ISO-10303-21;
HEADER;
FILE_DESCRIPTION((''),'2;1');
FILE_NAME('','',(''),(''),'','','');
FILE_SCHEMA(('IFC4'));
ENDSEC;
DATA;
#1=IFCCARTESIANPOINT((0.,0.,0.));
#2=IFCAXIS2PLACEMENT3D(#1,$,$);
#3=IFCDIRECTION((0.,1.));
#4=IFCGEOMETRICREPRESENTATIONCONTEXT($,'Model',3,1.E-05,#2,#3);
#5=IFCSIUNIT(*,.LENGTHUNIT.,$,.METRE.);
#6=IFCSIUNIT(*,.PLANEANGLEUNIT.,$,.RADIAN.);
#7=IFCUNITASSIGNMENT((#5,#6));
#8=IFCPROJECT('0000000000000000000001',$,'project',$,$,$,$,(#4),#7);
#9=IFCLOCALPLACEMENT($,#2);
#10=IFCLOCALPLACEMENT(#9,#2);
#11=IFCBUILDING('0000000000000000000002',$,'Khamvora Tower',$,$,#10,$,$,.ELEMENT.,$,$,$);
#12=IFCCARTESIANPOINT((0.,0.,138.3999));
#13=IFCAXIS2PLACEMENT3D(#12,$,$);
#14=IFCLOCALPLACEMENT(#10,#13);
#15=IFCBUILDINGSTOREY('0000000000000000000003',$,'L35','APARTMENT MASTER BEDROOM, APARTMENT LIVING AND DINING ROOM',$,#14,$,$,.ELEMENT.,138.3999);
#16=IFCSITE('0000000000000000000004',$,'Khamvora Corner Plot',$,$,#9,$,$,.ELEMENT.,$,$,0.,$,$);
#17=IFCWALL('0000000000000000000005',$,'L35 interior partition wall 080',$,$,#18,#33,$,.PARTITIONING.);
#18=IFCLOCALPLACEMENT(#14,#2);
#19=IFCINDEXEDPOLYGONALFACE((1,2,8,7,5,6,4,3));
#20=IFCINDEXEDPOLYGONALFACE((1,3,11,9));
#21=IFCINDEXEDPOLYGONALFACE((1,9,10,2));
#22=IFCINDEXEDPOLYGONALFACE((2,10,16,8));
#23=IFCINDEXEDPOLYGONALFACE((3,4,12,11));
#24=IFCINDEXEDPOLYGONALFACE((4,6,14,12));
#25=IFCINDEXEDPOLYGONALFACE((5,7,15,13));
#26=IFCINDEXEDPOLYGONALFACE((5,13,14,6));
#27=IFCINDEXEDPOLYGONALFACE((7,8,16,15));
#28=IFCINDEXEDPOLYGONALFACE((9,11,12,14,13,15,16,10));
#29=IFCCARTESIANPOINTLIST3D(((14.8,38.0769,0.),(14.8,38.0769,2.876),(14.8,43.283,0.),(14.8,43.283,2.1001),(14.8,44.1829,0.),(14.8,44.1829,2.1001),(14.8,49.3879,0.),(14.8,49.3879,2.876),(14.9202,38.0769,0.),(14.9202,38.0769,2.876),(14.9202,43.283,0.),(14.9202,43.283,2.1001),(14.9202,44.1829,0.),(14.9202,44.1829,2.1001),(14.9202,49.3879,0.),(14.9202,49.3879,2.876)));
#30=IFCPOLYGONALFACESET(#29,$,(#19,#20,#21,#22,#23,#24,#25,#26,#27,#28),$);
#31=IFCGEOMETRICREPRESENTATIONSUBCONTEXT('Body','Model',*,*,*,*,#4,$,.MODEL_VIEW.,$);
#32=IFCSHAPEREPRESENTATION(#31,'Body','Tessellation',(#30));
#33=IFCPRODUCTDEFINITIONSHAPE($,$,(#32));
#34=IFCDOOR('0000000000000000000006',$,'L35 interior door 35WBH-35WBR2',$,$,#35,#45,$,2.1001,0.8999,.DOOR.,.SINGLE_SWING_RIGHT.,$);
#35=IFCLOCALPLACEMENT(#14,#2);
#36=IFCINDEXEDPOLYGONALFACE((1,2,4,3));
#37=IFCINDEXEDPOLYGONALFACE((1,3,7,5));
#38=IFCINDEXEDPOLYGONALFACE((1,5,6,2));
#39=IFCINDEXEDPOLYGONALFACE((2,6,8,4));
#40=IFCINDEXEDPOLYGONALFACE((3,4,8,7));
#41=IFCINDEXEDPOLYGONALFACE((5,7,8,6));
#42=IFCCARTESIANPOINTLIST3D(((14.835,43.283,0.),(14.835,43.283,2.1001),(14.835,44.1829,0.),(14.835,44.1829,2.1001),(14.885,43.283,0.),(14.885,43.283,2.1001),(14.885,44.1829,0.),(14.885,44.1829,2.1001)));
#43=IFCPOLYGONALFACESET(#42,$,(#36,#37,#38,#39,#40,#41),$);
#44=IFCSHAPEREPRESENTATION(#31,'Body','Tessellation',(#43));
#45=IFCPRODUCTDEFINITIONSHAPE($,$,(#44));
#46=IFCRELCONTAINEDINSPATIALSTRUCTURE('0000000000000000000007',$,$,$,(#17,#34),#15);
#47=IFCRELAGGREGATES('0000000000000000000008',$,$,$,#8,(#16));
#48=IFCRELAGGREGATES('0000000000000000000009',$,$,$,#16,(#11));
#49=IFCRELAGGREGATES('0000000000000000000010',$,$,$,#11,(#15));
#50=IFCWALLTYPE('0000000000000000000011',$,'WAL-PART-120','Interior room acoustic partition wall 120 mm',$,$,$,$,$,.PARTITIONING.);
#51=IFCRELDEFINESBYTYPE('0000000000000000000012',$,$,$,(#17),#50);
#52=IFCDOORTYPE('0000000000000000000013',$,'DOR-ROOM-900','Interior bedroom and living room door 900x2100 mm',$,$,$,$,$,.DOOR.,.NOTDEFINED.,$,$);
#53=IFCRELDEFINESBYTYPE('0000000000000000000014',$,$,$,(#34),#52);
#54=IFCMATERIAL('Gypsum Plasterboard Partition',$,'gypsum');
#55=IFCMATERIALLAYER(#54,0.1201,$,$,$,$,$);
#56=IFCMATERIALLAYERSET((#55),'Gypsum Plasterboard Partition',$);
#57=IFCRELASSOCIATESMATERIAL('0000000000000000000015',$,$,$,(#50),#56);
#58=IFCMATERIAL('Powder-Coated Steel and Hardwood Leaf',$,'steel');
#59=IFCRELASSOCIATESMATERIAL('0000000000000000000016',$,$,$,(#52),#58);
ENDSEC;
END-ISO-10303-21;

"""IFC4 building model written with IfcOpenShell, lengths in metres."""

from ifc_helpers import new_model, si_unit, direction, frame, frame_2d, origin, place, context, subcontext, project, spatial, rectangle, extrude, material, layer, layer_set, type_object, element, fill, save


model = new_model("IFC4")

# Units and contexts
model_context = context("Model", 3, precision=1e-05, world=origin(), true_north=direction((0.0, 1.0)))
body_context = subcontext(model_context, "Body", "Model", "MODEL_VIEW")
ifc_project = project(units=[si_unit("LENGTHUNIT", "METRE"), si_unit("PLANEANGLEUNIT", "RADIAN")], contexts=[model_context])

# Site, building, storey
site_placement = place(None, origin())
site = spatial("IfcSite", under=ifc_project, at=site_placement, Name="Khamvora Corner Plot", CompositionType="ELEMENT", RefElevation=0.0)
building_placement = place(site_placement, origin())
building = spatial("IfcBuilding", under=site, at=building_placement, Name="Khamvora Tower", CompositionType="ELEMENT")
storey_placement = place(building_placement, frame((0.0, 0.0, 138.3999)))
storey = spatial("IfcBuildingStorey", under=building, at=storey_placement, Name="L35", Description="APARTMENT MASTER BEDROOM, APARTMENT LIVING AND DINING ROOM", CompositionType="ELEMENT", Elevation=138.3999)

# Wall, opening, door
ifc_material_1 = material(Name="Gypsum Plasterboard Partition", Category="gypsum")
ifc_layer_1 = layer(ifc_material_1, 0.1201)
ifc_layer_set_1 = layer_set([ifc_layer_1], Name="Gypsum Plasterboard Partition")
wall_type_1 = type_object("IfcWallType", Name="WAL-PART-120", Description="Interior room acoustic partition wall 120 mm", PredefinedType="PARTITIONING", material=ifc_layer_set_1)
wall_1_placement = place(storey_placement, frame((14.8601, 49.3879, 0.0), z_axis=(0.0, 0.0, 1.0), x_axis=(0.0, -1.0, 0.0)))
wall_1 = element("IfcWall", 1, at=wall_1_placement, inside=storey, type_object=wall_type_1, Name="L35 interior partition wall 080", PredefinedType="PARTITIONING", context=body_context, shape_type="SweptSolid", body=[
    extrude(rectangle(XDim=11.311, YDim=0.1201, at=frame_2d((5.6555, 0.0))), origin(), (0.0, 0.0, 1.0), 2.876),
])
opening_1_placement = place(wall_1_placement, frame((5.2051, 0.0, 0.0)))
opening_1 = element("IfcOpeningElement", 2, at=opening_1_placement, cuts=wall_1, PredefinedType="OPENING", context=body_context, shape_type="SweptSolid", body=[
    extrude(rectangle(XDim=0.8999, YDim=2.1001, at=frame_2d((0.45, 1.05))), frame((0.0, 0.0701, 0.0), z_axis=(0.0, -1.0, 0.0), x_axis=(1.0, 0.0, 0.0)), (0.0, 0.0, 1.0), 0.1401),
])
ifc_material_2 = material(Name="Powder-Coated Steel and Hardwood Leaf", Category="steel")
door_type = type_object("IfcDoorType", Name="DOR-ROOM-900", Description="Interior bedroom and living room door 900x2100 mm", OperationType="NOTDEFINED", PredefinedType="DOOR", material=ifc_material_2)
door_placement = place(opening_1_placement, origin())
door = element("IfcDoor", 3, at=door_placement, inside=storey, type_object=door_type, Name="L35 interior door 35WBH-35WBR2", OperationType="SINGLE_SWING_RIGHT", OverallHeight=2.1001, OverallWidth=0.8999, PredefinedType="DOOR", context=body_context, shape_type="SweptSolid", body=[
    extrude(rectangle(XDim=0.8999, YDim=2.1001, at=frame_2d((0.45, 1.05))), frame((0.0, 0.0249, 0.0), z_axis=(0.0, -1.0, 0.0), x_axis=(1.0, 0.0, 0.0)), (0.0, 0.0, 1.0), 0.05),
])
fill(opening_1, door)

save(model, "model.ifc")
